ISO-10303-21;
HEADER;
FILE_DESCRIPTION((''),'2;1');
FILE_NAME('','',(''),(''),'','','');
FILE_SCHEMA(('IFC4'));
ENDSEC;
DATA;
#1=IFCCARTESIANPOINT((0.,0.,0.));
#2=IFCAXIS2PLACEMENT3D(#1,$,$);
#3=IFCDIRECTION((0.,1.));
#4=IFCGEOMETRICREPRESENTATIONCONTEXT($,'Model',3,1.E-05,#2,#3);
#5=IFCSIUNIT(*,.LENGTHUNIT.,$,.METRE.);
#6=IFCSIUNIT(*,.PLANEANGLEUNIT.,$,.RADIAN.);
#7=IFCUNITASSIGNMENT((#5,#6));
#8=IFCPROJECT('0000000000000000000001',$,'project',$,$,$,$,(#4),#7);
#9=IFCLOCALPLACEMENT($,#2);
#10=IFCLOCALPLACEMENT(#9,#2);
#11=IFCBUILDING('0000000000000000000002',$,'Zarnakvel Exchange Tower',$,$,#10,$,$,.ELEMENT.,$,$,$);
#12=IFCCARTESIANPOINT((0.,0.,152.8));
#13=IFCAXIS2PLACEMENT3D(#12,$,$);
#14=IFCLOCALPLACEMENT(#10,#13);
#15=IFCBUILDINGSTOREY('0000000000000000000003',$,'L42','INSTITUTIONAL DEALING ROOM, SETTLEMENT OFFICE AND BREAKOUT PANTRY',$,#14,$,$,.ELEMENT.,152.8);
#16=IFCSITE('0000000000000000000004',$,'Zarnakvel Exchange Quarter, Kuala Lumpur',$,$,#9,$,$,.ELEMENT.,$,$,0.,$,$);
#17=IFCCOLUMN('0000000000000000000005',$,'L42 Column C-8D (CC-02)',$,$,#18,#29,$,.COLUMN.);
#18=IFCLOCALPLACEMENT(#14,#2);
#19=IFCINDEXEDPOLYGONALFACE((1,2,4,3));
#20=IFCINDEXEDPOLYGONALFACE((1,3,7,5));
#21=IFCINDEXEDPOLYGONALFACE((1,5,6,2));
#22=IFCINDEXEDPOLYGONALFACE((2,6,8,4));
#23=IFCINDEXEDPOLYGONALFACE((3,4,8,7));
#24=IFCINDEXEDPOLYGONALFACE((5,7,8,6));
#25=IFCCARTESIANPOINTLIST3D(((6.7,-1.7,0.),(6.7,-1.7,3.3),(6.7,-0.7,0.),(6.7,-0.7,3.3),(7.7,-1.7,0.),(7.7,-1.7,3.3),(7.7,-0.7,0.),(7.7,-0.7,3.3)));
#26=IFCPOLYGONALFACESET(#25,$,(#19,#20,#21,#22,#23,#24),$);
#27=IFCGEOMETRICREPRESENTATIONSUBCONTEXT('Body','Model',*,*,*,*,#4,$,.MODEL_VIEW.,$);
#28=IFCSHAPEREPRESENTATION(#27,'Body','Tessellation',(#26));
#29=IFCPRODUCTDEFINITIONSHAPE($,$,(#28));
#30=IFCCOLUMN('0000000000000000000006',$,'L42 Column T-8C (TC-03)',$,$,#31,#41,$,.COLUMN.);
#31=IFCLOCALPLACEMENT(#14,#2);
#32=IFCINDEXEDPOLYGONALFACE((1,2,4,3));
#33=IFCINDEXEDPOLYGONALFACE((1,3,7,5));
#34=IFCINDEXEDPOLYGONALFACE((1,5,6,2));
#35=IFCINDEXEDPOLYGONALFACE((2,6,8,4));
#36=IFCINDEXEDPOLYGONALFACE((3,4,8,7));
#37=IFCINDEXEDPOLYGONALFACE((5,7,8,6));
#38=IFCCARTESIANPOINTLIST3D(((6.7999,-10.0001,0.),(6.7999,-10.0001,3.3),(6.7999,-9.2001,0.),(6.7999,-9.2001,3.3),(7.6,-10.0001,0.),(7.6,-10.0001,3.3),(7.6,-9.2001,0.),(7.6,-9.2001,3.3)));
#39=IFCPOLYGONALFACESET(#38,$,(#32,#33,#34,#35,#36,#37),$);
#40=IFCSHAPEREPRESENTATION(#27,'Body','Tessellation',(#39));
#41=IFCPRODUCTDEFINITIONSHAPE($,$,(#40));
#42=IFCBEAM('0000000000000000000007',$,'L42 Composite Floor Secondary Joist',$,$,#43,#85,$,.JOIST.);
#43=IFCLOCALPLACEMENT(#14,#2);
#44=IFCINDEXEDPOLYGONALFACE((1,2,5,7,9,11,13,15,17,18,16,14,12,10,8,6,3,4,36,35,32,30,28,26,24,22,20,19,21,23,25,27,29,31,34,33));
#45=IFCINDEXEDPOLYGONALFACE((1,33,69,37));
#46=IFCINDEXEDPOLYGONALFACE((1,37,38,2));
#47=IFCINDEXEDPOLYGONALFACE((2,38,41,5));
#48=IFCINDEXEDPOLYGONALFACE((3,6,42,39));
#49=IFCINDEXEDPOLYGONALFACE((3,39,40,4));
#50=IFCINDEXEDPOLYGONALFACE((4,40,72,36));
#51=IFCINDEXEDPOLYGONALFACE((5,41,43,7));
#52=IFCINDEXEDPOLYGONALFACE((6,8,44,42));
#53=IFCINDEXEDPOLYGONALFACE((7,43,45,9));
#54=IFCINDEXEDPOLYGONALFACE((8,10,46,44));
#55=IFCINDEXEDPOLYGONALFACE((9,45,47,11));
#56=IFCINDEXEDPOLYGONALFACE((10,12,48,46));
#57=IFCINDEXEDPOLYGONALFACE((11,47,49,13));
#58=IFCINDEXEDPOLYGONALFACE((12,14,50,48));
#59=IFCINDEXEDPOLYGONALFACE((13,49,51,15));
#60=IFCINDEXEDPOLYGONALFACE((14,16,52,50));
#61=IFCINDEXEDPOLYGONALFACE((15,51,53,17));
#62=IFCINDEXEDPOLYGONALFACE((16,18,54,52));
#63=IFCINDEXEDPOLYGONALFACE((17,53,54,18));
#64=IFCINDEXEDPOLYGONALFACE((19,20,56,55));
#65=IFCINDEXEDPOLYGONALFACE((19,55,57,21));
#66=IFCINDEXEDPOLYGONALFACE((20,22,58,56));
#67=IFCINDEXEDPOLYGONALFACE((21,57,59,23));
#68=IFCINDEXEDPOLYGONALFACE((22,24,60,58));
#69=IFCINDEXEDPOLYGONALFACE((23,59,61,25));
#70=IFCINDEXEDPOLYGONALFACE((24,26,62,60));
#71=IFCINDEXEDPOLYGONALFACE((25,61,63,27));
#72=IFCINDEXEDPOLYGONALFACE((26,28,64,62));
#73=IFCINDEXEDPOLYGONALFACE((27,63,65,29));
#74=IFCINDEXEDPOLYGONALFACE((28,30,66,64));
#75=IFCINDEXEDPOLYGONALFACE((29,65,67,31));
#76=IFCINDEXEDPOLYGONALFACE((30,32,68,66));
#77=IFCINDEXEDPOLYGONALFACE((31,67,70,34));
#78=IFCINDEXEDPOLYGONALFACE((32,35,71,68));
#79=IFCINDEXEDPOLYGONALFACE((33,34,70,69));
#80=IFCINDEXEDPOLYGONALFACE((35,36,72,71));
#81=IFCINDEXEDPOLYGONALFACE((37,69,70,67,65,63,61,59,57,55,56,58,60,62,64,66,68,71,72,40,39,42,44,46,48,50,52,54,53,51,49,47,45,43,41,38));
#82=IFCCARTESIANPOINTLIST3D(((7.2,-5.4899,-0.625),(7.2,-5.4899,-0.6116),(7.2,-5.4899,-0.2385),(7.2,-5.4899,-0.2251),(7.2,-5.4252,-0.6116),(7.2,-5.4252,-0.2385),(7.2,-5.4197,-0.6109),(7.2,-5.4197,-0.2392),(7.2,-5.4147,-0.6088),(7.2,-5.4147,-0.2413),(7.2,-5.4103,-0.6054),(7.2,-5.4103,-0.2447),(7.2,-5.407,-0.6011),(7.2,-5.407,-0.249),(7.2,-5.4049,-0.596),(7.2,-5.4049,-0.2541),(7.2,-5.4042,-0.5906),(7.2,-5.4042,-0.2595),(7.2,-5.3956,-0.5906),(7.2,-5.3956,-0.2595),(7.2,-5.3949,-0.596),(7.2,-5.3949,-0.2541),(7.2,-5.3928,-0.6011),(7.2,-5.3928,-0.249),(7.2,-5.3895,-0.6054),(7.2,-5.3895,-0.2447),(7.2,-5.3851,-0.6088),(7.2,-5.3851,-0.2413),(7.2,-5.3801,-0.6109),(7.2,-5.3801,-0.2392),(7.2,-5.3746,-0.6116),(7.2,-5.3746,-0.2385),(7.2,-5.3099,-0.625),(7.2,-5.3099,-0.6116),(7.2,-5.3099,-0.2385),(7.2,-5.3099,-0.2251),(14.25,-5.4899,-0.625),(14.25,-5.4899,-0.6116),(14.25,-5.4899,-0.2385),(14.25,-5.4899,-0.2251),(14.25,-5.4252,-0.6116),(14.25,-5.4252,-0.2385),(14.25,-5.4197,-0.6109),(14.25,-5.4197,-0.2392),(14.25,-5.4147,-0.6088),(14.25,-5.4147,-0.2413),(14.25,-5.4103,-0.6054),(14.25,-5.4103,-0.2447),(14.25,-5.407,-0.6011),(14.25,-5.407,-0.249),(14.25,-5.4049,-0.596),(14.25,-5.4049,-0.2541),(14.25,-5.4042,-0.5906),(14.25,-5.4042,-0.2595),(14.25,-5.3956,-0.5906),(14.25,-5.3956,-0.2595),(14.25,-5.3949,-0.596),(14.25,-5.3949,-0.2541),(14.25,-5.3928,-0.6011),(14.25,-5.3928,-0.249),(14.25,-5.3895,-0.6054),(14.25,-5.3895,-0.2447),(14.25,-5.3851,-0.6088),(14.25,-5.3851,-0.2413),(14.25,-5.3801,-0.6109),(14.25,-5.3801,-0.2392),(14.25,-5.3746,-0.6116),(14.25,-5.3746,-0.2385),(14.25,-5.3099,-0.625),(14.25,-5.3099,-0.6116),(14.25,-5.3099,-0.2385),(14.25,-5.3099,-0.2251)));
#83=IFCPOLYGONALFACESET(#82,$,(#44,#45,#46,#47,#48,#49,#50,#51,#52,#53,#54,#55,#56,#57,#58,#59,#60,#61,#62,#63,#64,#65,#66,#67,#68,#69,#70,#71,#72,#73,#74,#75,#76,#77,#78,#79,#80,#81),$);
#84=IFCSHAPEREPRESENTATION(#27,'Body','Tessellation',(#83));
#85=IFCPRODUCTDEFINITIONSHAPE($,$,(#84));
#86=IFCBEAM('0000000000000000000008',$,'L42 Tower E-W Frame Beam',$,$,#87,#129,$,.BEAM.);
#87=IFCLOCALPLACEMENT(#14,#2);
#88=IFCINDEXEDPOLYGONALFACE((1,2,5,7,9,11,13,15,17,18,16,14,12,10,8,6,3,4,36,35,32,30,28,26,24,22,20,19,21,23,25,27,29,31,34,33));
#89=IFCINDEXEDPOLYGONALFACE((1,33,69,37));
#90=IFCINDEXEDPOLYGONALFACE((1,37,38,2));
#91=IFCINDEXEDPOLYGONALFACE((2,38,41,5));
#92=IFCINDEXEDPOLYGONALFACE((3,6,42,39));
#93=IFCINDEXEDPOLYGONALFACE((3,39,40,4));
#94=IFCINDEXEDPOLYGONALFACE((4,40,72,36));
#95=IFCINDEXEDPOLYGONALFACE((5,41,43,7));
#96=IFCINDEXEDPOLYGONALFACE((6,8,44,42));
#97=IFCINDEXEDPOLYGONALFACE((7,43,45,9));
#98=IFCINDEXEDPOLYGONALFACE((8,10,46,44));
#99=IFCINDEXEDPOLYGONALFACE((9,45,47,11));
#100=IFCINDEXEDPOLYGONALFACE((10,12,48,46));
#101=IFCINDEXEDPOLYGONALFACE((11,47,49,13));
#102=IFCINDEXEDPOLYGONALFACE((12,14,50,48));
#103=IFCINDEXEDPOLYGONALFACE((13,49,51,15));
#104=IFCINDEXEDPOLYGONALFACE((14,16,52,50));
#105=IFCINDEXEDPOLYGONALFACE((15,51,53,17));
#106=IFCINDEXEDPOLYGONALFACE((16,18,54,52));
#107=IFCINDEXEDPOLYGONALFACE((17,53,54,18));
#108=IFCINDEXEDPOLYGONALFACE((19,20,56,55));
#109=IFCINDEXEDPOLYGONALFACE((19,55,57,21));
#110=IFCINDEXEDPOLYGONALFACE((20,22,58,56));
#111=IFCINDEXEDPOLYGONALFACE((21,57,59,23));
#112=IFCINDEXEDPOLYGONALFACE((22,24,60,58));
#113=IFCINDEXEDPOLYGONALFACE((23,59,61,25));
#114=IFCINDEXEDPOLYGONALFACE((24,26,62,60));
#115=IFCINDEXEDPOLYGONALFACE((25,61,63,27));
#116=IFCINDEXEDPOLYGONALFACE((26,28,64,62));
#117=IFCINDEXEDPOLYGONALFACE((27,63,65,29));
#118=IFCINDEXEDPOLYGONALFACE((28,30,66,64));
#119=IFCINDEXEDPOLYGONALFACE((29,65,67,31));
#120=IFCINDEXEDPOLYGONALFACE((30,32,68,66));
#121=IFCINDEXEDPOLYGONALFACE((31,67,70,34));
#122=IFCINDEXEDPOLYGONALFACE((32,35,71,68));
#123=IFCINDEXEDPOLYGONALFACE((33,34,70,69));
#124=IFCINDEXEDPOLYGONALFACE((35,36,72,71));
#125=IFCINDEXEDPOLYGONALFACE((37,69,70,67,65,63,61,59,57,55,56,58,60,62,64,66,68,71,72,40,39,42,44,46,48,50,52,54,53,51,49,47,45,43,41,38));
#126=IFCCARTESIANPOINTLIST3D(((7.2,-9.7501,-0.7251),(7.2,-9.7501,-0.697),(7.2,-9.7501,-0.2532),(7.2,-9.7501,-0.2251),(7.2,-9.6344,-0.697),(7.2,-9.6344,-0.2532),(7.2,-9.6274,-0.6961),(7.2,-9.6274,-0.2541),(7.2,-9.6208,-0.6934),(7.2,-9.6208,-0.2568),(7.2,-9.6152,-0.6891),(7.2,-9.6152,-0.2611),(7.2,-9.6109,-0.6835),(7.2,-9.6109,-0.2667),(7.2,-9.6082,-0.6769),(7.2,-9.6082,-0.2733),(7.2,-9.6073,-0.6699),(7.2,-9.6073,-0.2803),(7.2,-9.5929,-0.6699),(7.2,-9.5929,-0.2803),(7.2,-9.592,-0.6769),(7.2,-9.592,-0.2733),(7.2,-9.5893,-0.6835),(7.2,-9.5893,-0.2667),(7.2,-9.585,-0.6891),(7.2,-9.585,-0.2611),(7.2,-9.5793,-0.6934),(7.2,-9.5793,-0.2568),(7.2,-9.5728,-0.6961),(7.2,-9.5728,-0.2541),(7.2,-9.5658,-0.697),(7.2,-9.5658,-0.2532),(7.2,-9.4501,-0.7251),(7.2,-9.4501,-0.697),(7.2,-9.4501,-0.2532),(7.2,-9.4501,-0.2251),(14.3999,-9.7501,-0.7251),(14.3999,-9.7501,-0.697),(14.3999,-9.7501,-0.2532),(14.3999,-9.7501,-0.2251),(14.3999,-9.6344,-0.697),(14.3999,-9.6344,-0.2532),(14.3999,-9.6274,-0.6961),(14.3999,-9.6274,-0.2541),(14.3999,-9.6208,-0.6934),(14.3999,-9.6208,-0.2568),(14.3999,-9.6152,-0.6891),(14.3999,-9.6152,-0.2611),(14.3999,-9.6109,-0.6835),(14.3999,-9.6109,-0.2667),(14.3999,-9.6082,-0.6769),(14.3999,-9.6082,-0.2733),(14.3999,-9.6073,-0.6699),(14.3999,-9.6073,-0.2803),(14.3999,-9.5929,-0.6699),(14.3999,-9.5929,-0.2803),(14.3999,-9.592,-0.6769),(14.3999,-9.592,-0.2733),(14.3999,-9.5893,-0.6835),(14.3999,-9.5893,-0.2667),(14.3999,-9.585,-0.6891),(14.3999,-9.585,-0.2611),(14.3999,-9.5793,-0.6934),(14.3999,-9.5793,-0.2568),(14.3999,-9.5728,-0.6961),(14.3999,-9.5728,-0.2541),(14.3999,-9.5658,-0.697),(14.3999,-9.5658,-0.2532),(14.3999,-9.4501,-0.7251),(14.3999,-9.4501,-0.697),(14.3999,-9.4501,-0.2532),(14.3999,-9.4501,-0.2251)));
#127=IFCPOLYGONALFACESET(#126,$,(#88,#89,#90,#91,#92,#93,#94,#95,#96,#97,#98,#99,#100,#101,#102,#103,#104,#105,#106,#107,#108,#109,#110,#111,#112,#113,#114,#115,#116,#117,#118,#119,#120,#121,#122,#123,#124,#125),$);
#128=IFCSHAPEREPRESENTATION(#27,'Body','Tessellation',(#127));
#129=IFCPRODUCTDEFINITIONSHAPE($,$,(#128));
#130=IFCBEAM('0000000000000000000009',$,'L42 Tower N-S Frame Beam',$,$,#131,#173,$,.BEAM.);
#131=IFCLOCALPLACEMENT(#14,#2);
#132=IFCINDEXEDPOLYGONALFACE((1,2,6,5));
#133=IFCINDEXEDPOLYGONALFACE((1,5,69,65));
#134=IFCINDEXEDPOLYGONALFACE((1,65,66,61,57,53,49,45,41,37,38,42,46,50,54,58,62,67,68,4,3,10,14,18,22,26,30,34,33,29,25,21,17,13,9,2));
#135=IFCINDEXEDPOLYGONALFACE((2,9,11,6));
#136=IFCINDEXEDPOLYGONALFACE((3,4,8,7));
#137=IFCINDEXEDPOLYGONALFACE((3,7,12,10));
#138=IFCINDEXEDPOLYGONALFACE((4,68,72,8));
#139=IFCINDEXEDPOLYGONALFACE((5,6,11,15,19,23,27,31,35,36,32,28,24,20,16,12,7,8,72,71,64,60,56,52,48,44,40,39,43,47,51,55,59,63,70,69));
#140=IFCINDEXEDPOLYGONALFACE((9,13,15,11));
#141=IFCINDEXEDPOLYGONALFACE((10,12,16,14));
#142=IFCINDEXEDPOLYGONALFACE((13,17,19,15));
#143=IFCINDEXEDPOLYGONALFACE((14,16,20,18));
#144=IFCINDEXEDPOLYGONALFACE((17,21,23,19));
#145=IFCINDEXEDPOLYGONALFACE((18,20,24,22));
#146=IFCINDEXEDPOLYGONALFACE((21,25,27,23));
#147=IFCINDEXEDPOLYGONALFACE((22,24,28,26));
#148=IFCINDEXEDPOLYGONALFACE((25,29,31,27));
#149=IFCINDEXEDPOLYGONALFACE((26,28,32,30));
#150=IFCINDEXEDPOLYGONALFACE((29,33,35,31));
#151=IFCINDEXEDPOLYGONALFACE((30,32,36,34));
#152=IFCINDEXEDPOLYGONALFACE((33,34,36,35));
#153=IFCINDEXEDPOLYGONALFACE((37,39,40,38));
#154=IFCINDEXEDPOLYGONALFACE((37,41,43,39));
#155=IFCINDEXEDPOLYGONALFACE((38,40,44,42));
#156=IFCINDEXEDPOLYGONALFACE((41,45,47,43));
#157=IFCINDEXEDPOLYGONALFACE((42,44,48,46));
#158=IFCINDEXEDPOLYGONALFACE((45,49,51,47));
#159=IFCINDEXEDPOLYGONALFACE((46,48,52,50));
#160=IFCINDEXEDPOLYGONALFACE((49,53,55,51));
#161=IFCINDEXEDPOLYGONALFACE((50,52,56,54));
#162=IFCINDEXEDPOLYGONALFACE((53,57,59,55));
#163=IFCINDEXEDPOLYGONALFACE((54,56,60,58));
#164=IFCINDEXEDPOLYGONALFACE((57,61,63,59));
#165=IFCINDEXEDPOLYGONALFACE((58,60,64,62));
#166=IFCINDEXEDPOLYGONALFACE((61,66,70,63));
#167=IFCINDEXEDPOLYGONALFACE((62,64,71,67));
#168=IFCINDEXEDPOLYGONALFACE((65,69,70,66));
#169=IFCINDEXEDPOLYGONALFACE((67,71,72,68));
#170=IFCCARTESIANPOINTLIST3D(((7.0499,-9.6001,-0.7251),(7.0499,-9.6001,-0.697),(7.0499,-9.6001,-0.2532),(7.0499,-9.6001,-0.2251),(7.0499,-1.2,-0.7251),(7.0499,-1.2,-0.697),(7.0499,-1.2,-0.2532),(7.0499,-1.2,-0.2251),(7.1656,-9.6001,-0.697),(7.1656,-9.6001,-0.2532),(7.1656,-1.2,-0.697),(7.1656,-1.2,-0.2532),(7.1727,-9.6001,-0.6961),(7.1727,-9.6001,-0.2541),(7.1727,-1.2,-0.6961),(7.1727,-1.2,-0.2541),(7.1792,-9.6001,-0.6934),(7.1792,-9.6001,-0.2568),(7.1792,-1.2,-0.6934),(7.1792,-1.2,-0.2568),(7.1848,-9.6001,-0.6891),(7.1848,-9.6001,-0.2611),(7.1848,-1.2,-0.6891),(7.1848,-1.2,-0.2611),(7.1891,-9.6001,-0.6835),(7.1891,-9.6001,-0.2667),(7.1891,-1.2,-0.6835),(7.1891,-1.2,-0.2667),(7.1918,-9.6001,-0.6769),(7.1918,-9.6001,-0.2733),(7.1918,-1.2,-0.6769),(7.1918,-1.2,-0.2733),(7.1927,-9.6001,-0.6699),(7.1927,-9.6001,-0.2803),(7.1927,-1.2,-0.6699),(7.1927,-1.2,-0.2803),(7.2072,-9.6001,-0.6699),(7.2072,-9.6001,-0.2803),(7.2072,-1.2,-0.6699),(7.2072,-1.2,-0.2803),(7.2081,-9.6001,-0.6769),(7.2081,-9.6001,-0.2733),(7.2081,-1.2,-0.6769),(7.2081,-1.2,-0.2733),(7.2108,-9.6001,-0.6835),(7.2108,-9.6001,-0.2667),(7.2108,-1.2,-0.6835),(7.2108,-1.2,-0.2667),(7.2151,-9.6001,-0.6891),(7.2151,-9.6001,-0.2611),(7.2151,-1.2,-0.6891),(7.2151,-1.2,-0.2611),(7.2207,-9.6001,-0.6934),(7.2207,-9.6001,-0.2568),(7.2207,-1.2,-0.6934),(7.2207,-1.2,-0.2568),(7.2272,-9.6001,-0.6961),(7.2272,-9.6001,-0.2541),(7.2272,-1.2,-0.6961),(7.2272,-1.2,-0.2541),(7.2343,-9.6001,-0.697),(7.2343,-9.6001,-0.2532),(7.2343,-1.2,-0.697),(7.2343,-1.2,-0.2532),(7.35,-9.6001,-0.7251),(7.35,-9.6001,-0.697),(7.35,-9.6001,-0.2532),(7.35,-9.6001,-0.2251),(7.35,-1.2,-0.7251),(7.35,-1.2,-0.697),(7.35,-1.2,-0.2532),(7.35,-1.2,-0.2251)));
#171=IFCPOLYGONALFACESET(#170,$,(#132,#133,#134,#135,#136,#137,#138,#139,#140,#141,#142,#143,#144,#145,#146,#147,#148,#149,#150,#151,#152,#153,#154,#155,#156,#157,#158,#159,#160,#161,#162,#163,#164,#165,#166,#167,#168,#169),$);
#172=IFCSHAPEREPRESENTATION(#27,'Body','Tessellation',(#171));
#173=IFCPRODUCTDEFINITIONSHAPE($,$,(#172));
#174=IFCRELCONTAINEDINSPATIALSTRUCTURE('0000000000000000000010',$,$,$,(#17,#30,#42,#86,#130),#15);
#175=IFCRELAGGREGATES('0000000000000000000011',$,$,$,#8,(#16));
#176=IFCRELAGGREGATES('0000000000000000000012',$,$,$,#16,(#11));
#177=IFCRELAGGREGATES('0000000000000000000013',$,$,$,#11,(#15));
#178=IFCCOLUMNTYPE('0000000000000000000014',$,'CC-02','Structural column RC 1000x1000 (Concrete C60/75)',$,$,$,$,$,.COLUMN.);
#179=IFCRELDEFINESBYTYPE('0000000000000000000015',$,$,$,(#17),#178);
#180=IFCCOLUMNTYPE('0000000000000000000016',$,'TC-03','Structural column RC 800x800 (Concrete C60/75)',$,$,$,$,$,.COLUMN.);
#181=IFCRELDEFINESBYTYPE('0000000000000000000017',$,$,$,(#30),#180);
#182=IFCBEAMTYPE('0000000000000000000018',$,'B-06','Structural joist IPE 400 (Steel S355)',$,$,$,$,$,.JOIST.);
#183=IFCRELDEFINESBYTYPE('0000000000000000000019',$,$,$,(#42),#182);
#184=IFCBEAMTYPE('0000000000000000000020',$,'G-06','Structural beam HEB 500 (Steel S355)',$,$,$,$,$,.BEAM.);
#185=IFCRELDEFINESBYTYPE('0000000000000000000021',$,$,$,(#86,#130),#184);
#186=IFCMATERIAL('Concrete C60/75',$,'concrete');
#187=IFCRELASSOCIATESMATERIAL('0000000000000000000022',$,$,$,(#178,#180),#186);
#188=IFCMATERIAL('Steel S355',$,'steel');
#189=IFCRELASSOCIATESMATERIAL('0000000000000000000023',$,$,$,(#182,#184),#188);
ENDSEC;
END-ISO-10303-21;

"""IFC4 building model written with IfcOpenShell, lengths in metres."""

from ifc_helpers import new_model, si_unit, direction, frame, origin, origin_2d, place, context, subcontext, project, spatial, rectangle, i_section, extrude, material, material_profile, profile_set, type_object, element, save


model = new_model("IFC4")

# Units and contexts
model_context = context("Model", 3, precision=1e-05, world=origin(), true_north=direction((0.0, 1.0)))
body_context = subcontext(model_context, "Body", "Model", "MODEL_VIEW")
ifc_project = project(units=[si_unit("LENGTHUNIT", "METRE"), si_unit("PLANEANGLEUNIT", "RADIAN")], contexts=[model_context])

# Site, building, storey
site_placement = place(None, origin())
site = spatial("IfcSite", under=ifc_project, at=site_placement, Name="Zarnakvel Exchange Quarter, Kuala Lumpur", CompositionType="ELEMENT", RefElevation=0.0)
building_placement = place(site_placement, origin())
building = spatial("IfcBuilding", under=site, at=building_placement, Name="Zarnakvel Exchange Tower", CompositionType="ELEMENT")
storey_placement = place(building_placement, frame((0.0, 0.0, 152.8)))
storey = spatial("IfcBuildingStorey", under=building, at=storey_placement, Name="L42", Description="INSTITUTIONAL DEALING ROOM, SETTLEMENT OFFICE AND BREAKOUT PANTRY", CompositionType="ELEMENT", Elevation=152.8)

# Columns
ifc_material_1 = material(Name="Concrete C60/75", Category="concrete")
ifc_material_profile_1 = material_profile(ifc_material_1, rectangle(XDim=1.0, YDim=1.0, at=origin_2d()))
ifc_profile_set_1 = profile_set([ifc_material_profile_1], Name="Concrete C60/75")
column_type_1 = type_object("IfcColumnType", Name="CC-02", Description="Structural column RC 1000x1000 (Concrete C60/75)", PredefinedType="COLUMN", material=ifc_profile_set_1)
column_1_placement = place(storey_placement, frame((7.2, -1.2, 0.0), z_axis=(0.0, 0.0, 1.0), x_axis=(1.0, 0.0, 0.0)))
element("IfcColumn", 1, at=column_1_placement, inside=storey, type_object=column_type_1, Name="L42 Column C-8D (CC-02)", PredefinedType="COLUMN", context=body_context, shape_type="SweptSolid", body=[
    extrude(rectangle(XDim=1.0, YDim=1.0, at=origin_2d()), origin(), (0.0, 0.0, 1.0), 3.3),
])
ifc_material_profile_2 = material_profile(ifc_material_1, rectangle(XDim=0.8, YDim=0.8, at=origin_2d()))
ifc_profile_set_2 = profile_set([ifc_material_profile_2], Name="Concrete C60/75")
column_type_2 = type_object("IfcColumnType", Name="TC-03", Description="Structural column RC 800x800 (Concrete C60/75)", PredefinedType="COLUMN", material=ifc_profile_set_2)
column_2_placement = place(storey_placement, frame((7.2, -9.6001, 0.0), z_axis=(0.0, 0.0, 1.0), x_axis=(1.0, 0.0, 0.0)))
element("IfcColumn", 2, at=column_2_placement, inside=storey, type_object=column_type_2, Name="L42 Column T-8C (TC-03)", PredefinedType="COLUMN", context=body_context, shape_type="SweptSolid", body=[
    extrude(rectangle(XDim=0.8, YDim=0.8, at=origin_2d()), origin(), (0.0, 0.0, 1.0), 3.3),
])

# Beams
ifc_material_2 = material(Name="Steel S355", Category="steel")
ifc_material_profile_3 = material_profile(ifc_material_2, i_section(OverallWidth=0.1799, OverallDepth=0.3999, WebThickness=0.0085, FlangeThickness=0.0134, FilletRadius=0.021, at=origin_2d()))
ifc_profile_set_3 = profile_set([ifc_material_profile_3], Name="Steel S355")
beam_type_1 = type_object("IfcBeamType", Name="B-06", Description="Structural joist IPE 400 (Steel S355)", PredefinedType="JOIST", material=ifc_profile_set_3)
beam_1_placement = place(storey_placement, frame((7.2, -5.3999, -0.425), z_axis=(1.0, 0.0, 0.0), x_axis=(0.0, 1.0, 0.0)))
element("IfcBeam", 3, at=beam_1_placement, inside=storey, type_object=beam_type_1, Name="L42 Composite Floor Secondary Joist", PredefinedType="JOIST", context=body_context, shape_type="SweptSolid", body=[
    extrude(i_section(OverallWidth=0.1799, OverallDepth=0.3999, WebThickness=0.0085, FlangeThickness=0.0134, FilletRadius=0.021, at=origin_2d()), origin(), (0.0, 0.0, 1.0), 7.05),
])
ifc_material_profile_4 = material_profile(ifc_material_2, i_section(OverallWidth=0.3, OverallDepth=0.5, WebThickness=0.0144, FlangeThickness=0.0281, FilletRadius=0.0271, at=origin_2d()))
ifc_profile_set_4 = profile_set([ifc_material_profile_4], Name="Steel S355")
beam_type_2 = type_object("IfcBeamType", Name="G-06", Description="Structural beam HEB 500 (Steel S355)", PredefinedType="BEAM", material=ifc_profile_set_4)
beam_2_placement = place(storey_placement, frame((7.2, -9.6001, -0.4751), z_axis=(1.0, 0.0, 0.0), x_axis=(0.0, 1.0, 0.0)))
element("IfcBeam", 4, at=beam_2_placement, inside=storey, type_object=beam_type_2, Name="L42 Tower E-W Frame Beam", PredefinedType="BEAM", context=body_context, shape_type="SweptSolid", body=[
    extrude(i_section(OverallWidth=0.3, OverallDepth=0.5, WebThickness=0.0144, FlangeThickness=0.0281, FilletRadius=0.0271, at=origin_2d()), origin(), (0.0, 0.0, 1.0), 7.2),
])
beam_3_placement = place(storey_placement, frame((7.2, -9.6001, -0.4751), z_axis=(0.0, 1.0, 0.0), x_axis=(-1.0, 0.0, 0.0)))
element("IfcBeam", 5, at=beam_3_placement, inside=storey, type_object=beam_type_2, Name="L42 Tower N-S Frame Beam", PredefinedType="BEAM", context=body_context, shape_type="SweptSolid", body=[
    extrude(i_section(OverallWidth=0.3, OverallDepth=0.5, WebThickness=0.0144, FlangeThickness=0.0281, FilletRadius=0.0271, at=origin_2d()), origin(), (0.0, 0.0, 1.0), 8.4001),
])

save(model, "model.ifc")
